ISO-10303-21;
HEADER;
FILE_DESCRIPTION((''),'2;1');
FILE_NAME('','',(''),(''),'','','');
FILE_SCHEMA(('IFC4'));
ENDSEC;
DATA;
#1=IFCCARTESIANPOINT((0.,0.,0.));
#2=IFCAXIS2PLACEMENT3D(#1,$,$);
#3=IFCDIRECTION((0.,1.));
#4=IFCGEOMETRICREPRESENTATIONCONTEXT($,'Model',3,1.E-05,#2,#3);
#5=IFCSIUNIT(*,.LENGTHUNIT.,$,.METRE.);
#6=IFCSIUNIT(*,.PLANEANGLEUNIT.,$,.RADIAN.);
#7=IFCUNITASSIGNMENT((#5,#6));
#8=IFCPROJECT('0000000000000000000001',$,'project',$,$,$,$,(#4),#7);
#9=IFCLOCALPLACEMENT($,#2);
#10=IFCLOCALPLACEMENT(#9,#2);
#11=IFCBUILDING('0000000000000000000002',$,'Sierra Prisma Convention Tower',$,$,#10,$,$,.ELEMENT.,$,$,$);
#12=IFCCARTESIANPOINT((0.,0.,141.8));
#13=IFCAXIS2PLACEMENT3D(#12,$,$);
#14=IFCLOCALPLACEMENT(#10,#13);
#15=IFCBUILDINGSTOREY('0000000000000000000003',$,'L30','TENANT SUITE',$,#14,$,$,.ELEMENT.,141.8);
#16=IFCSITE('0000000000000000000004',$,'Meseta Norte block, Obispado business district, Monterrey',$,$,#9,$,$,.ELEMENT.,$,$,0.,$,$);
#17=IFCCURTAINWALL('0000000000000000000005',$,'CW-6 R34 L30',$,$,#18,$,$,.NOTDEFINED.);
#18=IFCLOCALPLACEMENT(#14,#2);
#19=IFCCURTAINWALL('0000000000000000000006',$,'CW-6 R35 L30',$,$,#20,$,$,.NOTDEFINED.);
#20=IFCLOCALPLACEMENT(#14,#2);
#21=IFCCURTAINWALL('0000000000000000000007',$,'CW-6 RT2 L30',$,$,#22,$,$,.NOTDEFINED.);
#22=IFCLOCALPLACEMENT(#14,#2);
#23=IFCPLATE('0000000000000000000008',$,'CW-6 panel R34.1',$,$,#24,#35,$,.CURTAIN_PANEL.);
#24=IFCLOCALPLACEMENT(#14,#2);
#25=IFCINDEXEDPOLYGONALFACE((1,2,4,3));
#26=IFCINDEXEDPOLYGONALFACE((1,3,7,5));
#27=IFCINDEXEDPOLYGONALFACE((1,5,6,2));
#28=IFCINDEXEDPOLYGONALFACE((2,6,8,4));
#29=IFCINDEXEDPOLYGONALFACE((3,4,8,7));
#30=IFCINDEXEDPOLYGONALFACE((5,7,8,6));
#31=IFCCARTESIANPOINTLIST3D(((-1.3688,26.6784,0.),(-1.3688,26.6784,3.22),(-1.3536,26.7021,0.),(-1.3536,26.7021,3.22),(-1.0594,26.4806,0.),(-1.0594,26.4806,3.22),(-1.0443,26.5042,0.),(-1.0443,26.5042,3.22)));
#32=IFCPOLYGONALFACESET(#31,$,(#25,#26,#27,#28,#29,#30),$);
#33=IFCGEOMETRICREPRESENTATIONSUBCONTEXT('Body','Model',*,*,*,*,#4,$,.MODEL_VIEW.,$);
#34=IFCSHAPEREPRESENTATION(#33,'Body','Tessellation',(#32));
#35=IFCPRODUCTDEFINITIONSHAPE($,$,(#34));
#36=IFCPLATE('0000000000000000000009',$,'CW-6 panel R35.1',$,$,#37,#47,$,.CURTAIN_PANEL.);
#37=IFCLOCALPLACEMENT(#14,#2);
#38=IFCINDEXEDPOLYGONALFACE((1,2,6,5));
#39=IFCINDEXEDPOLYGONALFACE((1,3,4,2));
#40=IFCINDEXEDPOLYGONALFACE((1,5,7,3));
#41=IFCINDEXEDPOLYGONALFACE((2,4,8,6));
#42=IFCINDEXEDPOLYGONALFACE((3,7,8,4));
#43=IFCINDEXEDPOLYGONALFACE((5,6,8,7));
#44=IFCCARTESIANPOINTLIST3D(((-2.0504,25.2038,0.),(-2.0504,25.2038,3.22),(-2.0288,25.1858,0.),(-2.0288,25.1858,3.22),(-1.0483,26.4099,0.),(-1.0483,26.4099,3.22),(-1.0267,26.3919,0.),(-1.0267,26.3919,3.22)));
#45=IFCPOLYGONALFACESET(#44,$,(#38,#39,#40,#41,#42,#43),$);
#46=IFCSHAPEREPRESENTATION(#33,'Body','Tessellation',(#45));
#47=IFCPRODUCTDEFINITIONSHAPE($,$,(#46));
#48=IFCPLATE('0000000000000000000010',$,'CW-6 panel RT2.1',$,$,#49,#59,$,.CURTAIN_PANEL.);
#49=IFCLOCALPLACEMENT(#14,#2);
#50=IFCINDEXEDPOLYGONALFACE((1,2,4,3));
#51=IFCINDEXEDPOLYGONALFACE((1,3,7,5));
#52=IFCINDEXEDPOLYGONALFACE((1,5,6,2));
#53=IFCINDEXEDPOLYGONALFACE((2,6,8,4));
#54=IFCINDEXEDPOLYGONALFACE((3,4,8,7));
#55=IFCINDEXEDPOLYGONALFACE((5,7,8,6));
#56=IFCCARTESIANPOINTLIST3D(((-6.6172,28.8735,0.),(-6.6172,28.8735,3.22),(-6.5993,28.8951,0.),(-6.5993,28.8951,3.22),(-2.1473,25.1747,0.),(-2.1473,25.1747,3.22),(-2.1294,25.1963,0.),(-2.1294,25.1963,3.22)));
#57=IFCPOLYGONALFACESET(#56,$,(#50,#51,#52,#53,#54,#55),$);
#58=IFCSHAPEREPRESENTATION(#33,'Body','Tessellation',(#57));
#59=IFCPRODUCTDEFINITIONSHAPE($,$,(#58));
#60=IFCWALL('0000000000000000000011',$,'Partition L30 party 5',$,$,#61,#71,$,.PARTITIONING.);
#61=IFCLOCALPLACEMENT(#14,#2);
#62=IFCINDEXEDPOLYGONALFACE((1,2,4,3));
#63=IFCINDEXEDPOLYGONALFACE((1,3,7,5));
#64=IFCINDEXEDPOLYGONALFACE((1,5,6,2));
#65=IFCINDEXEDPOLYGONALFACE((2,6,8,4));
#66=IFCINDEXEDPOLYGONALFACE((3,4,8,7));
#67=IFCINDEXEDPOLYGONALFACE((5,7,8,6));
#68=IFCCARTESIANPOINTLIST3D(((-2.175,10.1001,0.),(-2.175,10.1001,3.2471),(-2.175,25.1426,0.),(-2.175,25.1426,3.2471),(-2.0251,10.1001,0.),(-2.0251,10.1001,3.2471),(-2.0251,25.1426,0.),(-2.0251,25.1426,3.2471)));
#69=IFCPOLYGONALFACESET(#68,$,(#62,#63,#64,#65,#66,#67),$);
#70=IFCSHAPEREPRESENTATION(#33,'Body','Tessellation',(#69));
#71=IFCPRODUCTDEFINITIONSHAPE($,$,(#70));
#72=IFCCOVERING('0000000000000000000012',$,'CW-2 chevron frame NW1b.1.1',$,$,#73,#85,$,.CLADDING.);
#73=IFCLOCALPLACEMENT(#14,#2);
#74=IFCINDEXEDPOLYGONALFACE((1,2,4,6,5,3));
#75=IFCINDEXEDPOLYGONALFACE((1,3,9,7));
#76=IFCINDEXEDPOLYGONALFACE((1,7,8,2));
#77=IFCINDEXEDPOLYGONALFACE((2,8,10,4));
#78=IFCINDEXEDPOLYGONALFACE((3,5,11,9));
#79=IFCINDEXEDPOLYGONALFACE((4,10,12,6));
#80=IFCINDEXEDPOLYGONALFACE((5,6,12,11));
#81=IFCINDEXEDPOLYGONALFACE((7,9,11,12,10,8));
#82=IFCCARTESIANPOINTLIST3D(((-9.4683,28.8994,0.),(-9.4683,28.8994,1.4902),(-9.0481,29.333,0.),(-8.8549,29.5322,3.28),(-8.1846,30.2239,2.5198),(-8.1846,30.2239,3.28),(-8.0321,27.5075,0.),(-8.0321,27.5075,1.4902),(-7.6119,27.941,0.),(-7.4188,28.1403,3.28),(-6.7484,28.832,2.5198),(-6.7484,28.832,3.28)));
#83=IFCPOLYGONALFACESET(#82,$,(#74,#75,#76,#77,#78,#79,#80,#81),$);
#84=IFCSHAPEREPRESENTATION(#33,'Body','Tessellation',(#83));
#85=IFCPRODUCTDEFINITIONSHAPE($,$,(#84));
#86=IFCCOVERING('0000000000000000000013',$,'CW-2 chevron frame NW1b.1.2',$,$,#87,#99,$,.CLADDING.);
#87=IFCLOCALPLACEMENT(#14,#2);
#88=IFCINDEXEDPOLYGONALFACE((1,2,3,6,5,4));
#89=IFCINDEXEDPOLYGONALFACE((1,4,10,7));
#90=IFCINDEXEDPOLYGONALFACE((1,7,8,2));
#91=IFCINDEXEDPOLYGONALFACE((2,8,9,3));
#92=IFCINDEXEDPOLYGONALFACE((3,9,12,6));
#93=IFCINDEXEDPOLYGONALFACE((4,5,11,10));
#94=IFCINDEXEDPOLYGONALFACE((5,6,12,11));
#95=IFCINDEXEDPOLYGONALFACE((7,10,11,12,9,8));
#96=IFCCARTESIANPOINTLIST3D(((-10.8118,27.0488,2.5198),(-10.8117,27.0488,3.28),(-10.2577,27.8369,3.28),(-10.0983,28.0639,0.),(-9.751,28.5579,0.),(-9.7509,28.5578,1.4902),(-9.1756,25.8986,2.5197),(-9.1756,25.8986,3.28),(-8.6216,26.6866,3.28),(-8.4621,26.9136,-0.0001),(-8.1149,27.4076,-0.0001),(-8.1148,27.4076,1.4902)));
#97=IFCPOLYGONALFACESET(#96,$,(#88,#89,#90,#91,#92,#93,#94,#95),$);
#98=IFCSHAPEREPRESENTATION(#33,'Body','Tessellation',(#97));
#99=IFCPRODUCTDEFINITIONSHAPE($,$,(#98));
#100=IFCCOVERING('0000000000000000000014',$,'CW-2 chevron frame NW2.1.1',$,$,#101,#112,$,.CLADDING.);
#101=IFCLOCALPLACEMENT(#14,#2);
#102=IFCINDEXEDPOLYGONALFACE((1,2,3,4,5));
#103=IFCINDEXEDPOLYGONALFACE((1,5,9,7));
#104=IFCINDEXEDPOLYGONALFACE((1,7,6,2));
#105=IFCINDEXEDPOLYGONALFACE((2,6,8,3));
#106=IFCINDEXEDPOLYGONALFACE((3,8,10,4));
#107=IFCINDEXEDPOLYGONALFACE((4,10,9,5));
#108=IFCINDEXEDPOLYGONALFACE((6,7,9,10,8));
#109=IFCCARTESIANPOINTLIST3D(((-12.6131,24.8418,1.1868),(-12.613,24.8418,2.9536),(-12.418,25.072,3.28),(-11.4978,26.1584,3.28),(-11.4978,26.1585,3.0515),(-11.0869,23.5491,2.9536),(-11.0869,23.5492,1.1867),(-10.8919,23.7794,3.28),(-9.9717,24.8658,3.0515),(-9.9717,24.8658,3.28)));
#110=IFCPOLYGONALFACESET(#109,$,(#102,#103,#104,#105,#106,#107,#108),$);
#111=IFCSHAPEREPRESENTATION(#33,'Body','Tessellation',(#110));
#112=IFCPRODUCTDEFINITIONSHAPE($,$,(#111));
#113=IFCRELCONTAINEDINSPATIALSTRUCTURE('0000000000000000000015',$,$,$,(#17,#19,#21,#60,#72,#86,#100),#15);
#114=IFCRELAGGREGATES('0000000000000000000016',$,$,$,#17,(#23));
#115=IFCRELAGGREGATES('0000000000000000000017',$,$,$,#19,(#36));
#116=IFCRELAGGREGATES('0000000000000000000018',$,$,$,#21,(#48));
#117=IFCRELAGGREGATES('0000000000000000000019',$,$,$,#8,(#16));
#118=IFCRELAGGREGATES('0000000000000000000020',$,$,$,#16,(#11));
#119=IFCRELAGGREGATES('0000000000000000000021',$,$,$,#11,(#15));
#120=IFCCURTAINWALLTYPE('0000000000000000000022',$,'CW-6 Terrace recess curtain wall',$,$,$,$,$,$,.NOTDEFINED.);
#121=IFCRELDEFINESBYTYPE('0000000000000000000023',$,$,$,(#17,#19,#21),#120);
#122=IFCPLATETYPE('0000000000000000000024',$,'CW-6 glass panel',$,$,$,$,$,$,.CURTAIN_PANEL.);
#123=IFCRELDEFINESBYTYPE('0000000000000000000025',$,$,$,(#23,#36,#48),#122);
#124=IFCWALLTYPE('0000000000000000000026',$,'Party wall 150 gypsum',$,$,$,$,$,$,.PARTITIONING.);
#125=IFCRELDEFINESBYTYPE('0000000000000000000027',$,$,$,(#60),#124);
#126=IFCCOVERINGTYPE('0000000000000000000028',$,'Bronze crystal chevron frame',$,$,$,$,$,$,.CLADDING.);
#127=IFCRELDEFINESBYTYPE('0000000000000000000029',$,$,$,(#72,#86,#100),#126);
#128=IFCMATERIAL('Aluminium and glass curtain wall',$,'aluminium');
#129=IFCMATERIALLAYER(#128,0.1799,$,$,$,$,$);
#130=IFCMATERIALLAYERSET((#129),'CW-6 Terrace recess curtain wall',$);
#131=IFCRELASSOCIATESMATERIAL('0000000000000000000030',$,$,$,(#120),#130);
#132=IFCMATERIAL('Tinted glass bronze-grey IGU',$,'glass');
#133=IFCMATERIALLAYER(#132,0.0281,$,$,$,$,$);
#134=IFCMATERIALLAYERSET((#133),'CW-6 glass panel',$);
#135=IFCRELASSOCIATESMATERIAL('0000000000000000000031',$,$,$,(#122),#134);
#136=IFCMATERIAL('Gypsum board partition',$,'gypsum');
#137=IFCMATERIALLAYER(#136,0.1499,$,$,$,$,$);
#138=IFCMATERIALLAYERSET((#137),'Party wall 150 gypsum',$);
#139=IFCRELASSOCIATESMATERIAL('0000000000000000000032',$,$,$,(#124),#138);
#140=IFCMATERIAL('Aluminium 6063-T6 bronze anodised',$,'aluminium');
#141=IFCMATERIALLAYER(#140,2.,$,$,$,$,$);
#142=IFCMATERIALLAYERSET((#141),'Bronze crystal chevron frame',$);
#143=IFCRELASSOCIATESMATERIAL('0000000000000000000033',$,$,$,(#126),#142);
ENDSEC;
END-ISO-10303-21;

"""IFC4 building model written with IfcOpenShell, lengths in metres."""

from ifc_helpers import new_model, si_unit, direction, frame, frame_2d, origin, origin_2d, place, context, subcontext, project, spatial, polyline, rectangle, outline, extrude, material, layer, layer_set, type_object, element, aggregate, save


model = new_model("IFC4")

# Units and contexts
model_context = context("Model", 3, precision=1e-05, world=origin(), true_north=direction((0.0, 1.0)))
body_context = subcontext(model_context, "Body", "Model", "MODEL_VIEW")
ifc_project = project(units=[si_unit("LENGTHUNIT", "METRE"), si_unit("PLANEANGLEUNIT", "RADIAN")], contexts=[model_context])

# Site, building, storey
site_placement = place(None, origin())
site = spatial("IfcSite", under=ifc_project, at=site_placement, Name="Meseta Norte block, Obispado business district, Monterrey", CompositionType="ELEMENT", RefElevation=0.0)
building_placement = place(site_placement, origin())
building = spatial("IfcBuilding", under=site, at=building_placement, Name="Sierra Prisma Convention Tower", CompositionType="ELEMENT")
storey_placement = place(building_placement, frame((0.0, 0.0, 141.8)))
storey = spatial("IfcBuildingStorey", under=building, at=storey_placement, Name="L30", Description="TENANT SUITE", CompositionType="ELEMENT", Elevation=141.8)

# Curtain wall
ifc_material_1 = material(Name="Aluminium and glass curtain wall", Category="aluminium")
ifc_layer_1 = layer(ifc_material_1, 0.1799)
ifc_layer_set_1 = layer_set([ifc_layer_1], Name="CW-6 Terrace recess curtain wall")
curtain_wall_type_1 = type_object("IfcCurtainWallType", Name="CW-6 Terrace recess curtain wall", PredefinedType="NOTDEFINED", material=ifc_layer_set_1)
curtain_wall_1_placement = place(storey_placement, origin())
curtain_wall_1 = element("IfcCurtainWall", 1, at=curtain_wall_1_placement, inside=storey, type_object=curtain_wall_type_1, Name="CW-6 R34 L30", PredefinedType="NOTDEFINED")

# Curtain wall
curtain_wall_2_placement = place(storey_placement, origin())
curtain_wall_2 = element("IfcCurtainWall", 2, at=curtain_wall_2_placement, inside=storey, type_object=curtain_wall_type_1, Name="CW-6 R35 L30", PredefinedType="NOTDEFINED")

# Curtain wall
curtain_wall_3_placement = place(storey_placement, origin())
curtain_wall_3 = element("IfcCurtainWall", 3, at=curtain_wall_3_placement, inside=storey, type_object=curtain_wall_type_1, Name="CW-6 RT2 L30", PredefinedType="NOTDEFINED")

# Plates
ifc_material_2 = material(Name="Tinted glass bronze-grey IGU", Category="glass")
ifc_layer_2 = layer(ifc_material_2, 0.0281)
ifc_layer_set_2 = layer_set([ifc_layer_2], Name="CW-6 glass panel")
plate_type_1 = type_object("IfcPlateType", Name="CW-6 glass panel", PredefinedType="CURTAIN_PANEL", material=ifc_layer_set_2)
plate_1_placement = place(storey_placement, frame((-1.2065, 26.5913, 0.0), z_axis=(0.0, 0.0, 1.0), x_axis=(0.842396, -0.538859, 0.0)))
plate_1 = element("IfcPlate", 4, at=plate_1_placement, type_object=plate_type_1, Name="CW-6 panel R34.1", PredefinedType="CURTAIN_PANEL", context=body_context, shape_type="SweptSolid", body=[
    extrude(rectangle(XDim=0.3672, YDim=0.0281, at=origin_2d()), origin(), (0.0, 0.0, 1.0), 3.22),
])
aggregate(curtain_wall_1, [plate_1])
plate_2_placement = place(storey_placement, frame((-1.5386, 25.7979, 0.0), z_axis=(0.0, 0.0, 1.0), x_axis=(-0.639074, -0.769145, 0.0)))
plate_2 = element("IfcPlate", 5, at=plate_2_placement, type_object=plate_type_1, Name="CW-6 panel R35.1", PredefinedType="CURTAIN_PANEL", context=body_context, shape_type="SweptSolid", body=[
    extrude(rectangle(XDim=1.5681, YDim=0.0281, at=origin_2d()), origin(), (0.0, 0.0, 1.0), 3.22),
])
aggregate(curtain_wall_2, [plate_2])
plate_3_placement = place(storey_placement, frame((-4.3733, 27.0349, 0.0), z_axis=(0.0, 0.0, 1.0), x_axis=(-0.770431, 0.637523, 0.0)))
plate_3 = element("IfcPlate", 6, at=plate_3_placement, type_object=plate_type_1, Name="CW-6 panel RT2.1", PredefinedType="CURTAIN_PANEL", context=body_context, shape_type="SweptSolid", body=[
    extrude(rectangle(XDim=5.8018, YDim=0.0281, at=origin_2d()), origin(), (0.0, 0.0, 1.0), 3.22),
])
aggregate(curtain_wall_3, [plate_3])

# Wall
ifc_material_3 = material(Name="Gypsum board partition", Category="gypsum")
ifc_layer_3 = layer(ifc_material_3, 0.1499)
ifc_layer_set_3 = layer_set([ifc_layer_3], Name="Party wall 150 gypsum")
wall_type = type_object("IfcWallType", Name="Party wall 150 gypsum", PredefinedType="PARTITIONING", material=ifc_layer_set_3)
wall_placement = place(storey_placement, frame((-2.1001, 10.1001, 0.0), z_axis=(0.0, 0.0, 1.0), x_axis=(0.0, 1.0, 0.0)))
element("IfcWall", 7, at=wall_placement, inside=storey, type_object=wall_type, Name="Partition L30 party 5", PredefinedType="PARTITIONING", context=body_context, shape_type="SweptSolid", body=[
    extrude(rectangle(XDim=15.0425, YDim=0.1499, at=frame_2d((7.5212, 0.0))), origin(), (0.0, 0.0, 1.0), 3.2471),
])

# Coverings
ifc_material_4 = material(Name="Aluminium 6063-T6 bronze anodised", Category="aluminium")
ifc_layer_4 = layer(ifc_material_4, 2.0)
ifc_layer_set_4 = layer_set([ifc_layer_4], Name="Bronze crystal chevron frame")
covering_type = type_object("IfcCoveringType", Name="Bronze crystal chevron frame", PredefinedType="CLADDING", material=ifc_layer_set_4)
covering_1_placement = place(storey_placement, frame((-8.1846, 30.2239, 3.28), z_axis=(-0.71808, 0.69596, 0.000005), x_axis=(-0.000004, 0.000004, -1.0)))
element("IfcCovering", 8, at=covering_1_placement, inside=storey, type_object=covering_type, Name="CW-2 chevron frame NW1b.1.1", PredefinedType="CLADDING", context=body_context, shape_type="SweptSolid", body=[
    extrude(outline(polyline([(0.0, 0.0), (0.7603, 0.0), (3.28, 1.2407), (3.28, 1.8445), (1.7898, 1.8445), (0.0, 0.9632), (0.0, 0.0)])), origin(), (0.0, 0.0, -1.0), 2.0),
])
covering_2_placement = place(storey_placement, frame((-9.751, 28.5579, 0.0), z_axis=(-0.818061, 0.575131, 0.000038), x_axis=(-0.575131, -0.818061, 0.0)))
element("IfcCovering", 9, at=covering_2_placement, inside=storey, type_object=covering_type, Name="CW-2 chevron frame NW1b.1.2", PredefinedType="CLADDING", context=body_context, shape_type="SweptSolid", body=[
    extrude(outline(polyline([(0.0, 0.0), (0.6038, 0.0), (1.8446, 2.5198), (1.8446, 3.28), (0.8813, 3.28), (0.0, 1.4902), (0.0, 0.0)])), origin(), (0.0, 0.0, -1.0), 2.0),
])
covering_3_placement = place(storey_placement, frame((-11.4978, 26.1584, 3.28), z_axis=(-0.763061, 0.646326, 0.000021), x_axis=(-0.000016, 0.000014, -1.0)))
element("IfcCovering", 10, at=covering_3_placement, inside=storey, type_object=covering_type, Name="CW-2 chevron frame NW2.1.1", PredefinedType="CLADDING", context=body_context, shape_type="SweptSolid", body=[
    extrude(outline(polyline([(0.0, 0.0), (0.2285, 0.0), (2.0933, 1.7255), (0.3264, 1.7255), (0.0, 1.4237), (0.0, 0.0)])), origin(), (0.0, 0.0, -1.0), 2.0),
])

save(model, "model.ifc")
